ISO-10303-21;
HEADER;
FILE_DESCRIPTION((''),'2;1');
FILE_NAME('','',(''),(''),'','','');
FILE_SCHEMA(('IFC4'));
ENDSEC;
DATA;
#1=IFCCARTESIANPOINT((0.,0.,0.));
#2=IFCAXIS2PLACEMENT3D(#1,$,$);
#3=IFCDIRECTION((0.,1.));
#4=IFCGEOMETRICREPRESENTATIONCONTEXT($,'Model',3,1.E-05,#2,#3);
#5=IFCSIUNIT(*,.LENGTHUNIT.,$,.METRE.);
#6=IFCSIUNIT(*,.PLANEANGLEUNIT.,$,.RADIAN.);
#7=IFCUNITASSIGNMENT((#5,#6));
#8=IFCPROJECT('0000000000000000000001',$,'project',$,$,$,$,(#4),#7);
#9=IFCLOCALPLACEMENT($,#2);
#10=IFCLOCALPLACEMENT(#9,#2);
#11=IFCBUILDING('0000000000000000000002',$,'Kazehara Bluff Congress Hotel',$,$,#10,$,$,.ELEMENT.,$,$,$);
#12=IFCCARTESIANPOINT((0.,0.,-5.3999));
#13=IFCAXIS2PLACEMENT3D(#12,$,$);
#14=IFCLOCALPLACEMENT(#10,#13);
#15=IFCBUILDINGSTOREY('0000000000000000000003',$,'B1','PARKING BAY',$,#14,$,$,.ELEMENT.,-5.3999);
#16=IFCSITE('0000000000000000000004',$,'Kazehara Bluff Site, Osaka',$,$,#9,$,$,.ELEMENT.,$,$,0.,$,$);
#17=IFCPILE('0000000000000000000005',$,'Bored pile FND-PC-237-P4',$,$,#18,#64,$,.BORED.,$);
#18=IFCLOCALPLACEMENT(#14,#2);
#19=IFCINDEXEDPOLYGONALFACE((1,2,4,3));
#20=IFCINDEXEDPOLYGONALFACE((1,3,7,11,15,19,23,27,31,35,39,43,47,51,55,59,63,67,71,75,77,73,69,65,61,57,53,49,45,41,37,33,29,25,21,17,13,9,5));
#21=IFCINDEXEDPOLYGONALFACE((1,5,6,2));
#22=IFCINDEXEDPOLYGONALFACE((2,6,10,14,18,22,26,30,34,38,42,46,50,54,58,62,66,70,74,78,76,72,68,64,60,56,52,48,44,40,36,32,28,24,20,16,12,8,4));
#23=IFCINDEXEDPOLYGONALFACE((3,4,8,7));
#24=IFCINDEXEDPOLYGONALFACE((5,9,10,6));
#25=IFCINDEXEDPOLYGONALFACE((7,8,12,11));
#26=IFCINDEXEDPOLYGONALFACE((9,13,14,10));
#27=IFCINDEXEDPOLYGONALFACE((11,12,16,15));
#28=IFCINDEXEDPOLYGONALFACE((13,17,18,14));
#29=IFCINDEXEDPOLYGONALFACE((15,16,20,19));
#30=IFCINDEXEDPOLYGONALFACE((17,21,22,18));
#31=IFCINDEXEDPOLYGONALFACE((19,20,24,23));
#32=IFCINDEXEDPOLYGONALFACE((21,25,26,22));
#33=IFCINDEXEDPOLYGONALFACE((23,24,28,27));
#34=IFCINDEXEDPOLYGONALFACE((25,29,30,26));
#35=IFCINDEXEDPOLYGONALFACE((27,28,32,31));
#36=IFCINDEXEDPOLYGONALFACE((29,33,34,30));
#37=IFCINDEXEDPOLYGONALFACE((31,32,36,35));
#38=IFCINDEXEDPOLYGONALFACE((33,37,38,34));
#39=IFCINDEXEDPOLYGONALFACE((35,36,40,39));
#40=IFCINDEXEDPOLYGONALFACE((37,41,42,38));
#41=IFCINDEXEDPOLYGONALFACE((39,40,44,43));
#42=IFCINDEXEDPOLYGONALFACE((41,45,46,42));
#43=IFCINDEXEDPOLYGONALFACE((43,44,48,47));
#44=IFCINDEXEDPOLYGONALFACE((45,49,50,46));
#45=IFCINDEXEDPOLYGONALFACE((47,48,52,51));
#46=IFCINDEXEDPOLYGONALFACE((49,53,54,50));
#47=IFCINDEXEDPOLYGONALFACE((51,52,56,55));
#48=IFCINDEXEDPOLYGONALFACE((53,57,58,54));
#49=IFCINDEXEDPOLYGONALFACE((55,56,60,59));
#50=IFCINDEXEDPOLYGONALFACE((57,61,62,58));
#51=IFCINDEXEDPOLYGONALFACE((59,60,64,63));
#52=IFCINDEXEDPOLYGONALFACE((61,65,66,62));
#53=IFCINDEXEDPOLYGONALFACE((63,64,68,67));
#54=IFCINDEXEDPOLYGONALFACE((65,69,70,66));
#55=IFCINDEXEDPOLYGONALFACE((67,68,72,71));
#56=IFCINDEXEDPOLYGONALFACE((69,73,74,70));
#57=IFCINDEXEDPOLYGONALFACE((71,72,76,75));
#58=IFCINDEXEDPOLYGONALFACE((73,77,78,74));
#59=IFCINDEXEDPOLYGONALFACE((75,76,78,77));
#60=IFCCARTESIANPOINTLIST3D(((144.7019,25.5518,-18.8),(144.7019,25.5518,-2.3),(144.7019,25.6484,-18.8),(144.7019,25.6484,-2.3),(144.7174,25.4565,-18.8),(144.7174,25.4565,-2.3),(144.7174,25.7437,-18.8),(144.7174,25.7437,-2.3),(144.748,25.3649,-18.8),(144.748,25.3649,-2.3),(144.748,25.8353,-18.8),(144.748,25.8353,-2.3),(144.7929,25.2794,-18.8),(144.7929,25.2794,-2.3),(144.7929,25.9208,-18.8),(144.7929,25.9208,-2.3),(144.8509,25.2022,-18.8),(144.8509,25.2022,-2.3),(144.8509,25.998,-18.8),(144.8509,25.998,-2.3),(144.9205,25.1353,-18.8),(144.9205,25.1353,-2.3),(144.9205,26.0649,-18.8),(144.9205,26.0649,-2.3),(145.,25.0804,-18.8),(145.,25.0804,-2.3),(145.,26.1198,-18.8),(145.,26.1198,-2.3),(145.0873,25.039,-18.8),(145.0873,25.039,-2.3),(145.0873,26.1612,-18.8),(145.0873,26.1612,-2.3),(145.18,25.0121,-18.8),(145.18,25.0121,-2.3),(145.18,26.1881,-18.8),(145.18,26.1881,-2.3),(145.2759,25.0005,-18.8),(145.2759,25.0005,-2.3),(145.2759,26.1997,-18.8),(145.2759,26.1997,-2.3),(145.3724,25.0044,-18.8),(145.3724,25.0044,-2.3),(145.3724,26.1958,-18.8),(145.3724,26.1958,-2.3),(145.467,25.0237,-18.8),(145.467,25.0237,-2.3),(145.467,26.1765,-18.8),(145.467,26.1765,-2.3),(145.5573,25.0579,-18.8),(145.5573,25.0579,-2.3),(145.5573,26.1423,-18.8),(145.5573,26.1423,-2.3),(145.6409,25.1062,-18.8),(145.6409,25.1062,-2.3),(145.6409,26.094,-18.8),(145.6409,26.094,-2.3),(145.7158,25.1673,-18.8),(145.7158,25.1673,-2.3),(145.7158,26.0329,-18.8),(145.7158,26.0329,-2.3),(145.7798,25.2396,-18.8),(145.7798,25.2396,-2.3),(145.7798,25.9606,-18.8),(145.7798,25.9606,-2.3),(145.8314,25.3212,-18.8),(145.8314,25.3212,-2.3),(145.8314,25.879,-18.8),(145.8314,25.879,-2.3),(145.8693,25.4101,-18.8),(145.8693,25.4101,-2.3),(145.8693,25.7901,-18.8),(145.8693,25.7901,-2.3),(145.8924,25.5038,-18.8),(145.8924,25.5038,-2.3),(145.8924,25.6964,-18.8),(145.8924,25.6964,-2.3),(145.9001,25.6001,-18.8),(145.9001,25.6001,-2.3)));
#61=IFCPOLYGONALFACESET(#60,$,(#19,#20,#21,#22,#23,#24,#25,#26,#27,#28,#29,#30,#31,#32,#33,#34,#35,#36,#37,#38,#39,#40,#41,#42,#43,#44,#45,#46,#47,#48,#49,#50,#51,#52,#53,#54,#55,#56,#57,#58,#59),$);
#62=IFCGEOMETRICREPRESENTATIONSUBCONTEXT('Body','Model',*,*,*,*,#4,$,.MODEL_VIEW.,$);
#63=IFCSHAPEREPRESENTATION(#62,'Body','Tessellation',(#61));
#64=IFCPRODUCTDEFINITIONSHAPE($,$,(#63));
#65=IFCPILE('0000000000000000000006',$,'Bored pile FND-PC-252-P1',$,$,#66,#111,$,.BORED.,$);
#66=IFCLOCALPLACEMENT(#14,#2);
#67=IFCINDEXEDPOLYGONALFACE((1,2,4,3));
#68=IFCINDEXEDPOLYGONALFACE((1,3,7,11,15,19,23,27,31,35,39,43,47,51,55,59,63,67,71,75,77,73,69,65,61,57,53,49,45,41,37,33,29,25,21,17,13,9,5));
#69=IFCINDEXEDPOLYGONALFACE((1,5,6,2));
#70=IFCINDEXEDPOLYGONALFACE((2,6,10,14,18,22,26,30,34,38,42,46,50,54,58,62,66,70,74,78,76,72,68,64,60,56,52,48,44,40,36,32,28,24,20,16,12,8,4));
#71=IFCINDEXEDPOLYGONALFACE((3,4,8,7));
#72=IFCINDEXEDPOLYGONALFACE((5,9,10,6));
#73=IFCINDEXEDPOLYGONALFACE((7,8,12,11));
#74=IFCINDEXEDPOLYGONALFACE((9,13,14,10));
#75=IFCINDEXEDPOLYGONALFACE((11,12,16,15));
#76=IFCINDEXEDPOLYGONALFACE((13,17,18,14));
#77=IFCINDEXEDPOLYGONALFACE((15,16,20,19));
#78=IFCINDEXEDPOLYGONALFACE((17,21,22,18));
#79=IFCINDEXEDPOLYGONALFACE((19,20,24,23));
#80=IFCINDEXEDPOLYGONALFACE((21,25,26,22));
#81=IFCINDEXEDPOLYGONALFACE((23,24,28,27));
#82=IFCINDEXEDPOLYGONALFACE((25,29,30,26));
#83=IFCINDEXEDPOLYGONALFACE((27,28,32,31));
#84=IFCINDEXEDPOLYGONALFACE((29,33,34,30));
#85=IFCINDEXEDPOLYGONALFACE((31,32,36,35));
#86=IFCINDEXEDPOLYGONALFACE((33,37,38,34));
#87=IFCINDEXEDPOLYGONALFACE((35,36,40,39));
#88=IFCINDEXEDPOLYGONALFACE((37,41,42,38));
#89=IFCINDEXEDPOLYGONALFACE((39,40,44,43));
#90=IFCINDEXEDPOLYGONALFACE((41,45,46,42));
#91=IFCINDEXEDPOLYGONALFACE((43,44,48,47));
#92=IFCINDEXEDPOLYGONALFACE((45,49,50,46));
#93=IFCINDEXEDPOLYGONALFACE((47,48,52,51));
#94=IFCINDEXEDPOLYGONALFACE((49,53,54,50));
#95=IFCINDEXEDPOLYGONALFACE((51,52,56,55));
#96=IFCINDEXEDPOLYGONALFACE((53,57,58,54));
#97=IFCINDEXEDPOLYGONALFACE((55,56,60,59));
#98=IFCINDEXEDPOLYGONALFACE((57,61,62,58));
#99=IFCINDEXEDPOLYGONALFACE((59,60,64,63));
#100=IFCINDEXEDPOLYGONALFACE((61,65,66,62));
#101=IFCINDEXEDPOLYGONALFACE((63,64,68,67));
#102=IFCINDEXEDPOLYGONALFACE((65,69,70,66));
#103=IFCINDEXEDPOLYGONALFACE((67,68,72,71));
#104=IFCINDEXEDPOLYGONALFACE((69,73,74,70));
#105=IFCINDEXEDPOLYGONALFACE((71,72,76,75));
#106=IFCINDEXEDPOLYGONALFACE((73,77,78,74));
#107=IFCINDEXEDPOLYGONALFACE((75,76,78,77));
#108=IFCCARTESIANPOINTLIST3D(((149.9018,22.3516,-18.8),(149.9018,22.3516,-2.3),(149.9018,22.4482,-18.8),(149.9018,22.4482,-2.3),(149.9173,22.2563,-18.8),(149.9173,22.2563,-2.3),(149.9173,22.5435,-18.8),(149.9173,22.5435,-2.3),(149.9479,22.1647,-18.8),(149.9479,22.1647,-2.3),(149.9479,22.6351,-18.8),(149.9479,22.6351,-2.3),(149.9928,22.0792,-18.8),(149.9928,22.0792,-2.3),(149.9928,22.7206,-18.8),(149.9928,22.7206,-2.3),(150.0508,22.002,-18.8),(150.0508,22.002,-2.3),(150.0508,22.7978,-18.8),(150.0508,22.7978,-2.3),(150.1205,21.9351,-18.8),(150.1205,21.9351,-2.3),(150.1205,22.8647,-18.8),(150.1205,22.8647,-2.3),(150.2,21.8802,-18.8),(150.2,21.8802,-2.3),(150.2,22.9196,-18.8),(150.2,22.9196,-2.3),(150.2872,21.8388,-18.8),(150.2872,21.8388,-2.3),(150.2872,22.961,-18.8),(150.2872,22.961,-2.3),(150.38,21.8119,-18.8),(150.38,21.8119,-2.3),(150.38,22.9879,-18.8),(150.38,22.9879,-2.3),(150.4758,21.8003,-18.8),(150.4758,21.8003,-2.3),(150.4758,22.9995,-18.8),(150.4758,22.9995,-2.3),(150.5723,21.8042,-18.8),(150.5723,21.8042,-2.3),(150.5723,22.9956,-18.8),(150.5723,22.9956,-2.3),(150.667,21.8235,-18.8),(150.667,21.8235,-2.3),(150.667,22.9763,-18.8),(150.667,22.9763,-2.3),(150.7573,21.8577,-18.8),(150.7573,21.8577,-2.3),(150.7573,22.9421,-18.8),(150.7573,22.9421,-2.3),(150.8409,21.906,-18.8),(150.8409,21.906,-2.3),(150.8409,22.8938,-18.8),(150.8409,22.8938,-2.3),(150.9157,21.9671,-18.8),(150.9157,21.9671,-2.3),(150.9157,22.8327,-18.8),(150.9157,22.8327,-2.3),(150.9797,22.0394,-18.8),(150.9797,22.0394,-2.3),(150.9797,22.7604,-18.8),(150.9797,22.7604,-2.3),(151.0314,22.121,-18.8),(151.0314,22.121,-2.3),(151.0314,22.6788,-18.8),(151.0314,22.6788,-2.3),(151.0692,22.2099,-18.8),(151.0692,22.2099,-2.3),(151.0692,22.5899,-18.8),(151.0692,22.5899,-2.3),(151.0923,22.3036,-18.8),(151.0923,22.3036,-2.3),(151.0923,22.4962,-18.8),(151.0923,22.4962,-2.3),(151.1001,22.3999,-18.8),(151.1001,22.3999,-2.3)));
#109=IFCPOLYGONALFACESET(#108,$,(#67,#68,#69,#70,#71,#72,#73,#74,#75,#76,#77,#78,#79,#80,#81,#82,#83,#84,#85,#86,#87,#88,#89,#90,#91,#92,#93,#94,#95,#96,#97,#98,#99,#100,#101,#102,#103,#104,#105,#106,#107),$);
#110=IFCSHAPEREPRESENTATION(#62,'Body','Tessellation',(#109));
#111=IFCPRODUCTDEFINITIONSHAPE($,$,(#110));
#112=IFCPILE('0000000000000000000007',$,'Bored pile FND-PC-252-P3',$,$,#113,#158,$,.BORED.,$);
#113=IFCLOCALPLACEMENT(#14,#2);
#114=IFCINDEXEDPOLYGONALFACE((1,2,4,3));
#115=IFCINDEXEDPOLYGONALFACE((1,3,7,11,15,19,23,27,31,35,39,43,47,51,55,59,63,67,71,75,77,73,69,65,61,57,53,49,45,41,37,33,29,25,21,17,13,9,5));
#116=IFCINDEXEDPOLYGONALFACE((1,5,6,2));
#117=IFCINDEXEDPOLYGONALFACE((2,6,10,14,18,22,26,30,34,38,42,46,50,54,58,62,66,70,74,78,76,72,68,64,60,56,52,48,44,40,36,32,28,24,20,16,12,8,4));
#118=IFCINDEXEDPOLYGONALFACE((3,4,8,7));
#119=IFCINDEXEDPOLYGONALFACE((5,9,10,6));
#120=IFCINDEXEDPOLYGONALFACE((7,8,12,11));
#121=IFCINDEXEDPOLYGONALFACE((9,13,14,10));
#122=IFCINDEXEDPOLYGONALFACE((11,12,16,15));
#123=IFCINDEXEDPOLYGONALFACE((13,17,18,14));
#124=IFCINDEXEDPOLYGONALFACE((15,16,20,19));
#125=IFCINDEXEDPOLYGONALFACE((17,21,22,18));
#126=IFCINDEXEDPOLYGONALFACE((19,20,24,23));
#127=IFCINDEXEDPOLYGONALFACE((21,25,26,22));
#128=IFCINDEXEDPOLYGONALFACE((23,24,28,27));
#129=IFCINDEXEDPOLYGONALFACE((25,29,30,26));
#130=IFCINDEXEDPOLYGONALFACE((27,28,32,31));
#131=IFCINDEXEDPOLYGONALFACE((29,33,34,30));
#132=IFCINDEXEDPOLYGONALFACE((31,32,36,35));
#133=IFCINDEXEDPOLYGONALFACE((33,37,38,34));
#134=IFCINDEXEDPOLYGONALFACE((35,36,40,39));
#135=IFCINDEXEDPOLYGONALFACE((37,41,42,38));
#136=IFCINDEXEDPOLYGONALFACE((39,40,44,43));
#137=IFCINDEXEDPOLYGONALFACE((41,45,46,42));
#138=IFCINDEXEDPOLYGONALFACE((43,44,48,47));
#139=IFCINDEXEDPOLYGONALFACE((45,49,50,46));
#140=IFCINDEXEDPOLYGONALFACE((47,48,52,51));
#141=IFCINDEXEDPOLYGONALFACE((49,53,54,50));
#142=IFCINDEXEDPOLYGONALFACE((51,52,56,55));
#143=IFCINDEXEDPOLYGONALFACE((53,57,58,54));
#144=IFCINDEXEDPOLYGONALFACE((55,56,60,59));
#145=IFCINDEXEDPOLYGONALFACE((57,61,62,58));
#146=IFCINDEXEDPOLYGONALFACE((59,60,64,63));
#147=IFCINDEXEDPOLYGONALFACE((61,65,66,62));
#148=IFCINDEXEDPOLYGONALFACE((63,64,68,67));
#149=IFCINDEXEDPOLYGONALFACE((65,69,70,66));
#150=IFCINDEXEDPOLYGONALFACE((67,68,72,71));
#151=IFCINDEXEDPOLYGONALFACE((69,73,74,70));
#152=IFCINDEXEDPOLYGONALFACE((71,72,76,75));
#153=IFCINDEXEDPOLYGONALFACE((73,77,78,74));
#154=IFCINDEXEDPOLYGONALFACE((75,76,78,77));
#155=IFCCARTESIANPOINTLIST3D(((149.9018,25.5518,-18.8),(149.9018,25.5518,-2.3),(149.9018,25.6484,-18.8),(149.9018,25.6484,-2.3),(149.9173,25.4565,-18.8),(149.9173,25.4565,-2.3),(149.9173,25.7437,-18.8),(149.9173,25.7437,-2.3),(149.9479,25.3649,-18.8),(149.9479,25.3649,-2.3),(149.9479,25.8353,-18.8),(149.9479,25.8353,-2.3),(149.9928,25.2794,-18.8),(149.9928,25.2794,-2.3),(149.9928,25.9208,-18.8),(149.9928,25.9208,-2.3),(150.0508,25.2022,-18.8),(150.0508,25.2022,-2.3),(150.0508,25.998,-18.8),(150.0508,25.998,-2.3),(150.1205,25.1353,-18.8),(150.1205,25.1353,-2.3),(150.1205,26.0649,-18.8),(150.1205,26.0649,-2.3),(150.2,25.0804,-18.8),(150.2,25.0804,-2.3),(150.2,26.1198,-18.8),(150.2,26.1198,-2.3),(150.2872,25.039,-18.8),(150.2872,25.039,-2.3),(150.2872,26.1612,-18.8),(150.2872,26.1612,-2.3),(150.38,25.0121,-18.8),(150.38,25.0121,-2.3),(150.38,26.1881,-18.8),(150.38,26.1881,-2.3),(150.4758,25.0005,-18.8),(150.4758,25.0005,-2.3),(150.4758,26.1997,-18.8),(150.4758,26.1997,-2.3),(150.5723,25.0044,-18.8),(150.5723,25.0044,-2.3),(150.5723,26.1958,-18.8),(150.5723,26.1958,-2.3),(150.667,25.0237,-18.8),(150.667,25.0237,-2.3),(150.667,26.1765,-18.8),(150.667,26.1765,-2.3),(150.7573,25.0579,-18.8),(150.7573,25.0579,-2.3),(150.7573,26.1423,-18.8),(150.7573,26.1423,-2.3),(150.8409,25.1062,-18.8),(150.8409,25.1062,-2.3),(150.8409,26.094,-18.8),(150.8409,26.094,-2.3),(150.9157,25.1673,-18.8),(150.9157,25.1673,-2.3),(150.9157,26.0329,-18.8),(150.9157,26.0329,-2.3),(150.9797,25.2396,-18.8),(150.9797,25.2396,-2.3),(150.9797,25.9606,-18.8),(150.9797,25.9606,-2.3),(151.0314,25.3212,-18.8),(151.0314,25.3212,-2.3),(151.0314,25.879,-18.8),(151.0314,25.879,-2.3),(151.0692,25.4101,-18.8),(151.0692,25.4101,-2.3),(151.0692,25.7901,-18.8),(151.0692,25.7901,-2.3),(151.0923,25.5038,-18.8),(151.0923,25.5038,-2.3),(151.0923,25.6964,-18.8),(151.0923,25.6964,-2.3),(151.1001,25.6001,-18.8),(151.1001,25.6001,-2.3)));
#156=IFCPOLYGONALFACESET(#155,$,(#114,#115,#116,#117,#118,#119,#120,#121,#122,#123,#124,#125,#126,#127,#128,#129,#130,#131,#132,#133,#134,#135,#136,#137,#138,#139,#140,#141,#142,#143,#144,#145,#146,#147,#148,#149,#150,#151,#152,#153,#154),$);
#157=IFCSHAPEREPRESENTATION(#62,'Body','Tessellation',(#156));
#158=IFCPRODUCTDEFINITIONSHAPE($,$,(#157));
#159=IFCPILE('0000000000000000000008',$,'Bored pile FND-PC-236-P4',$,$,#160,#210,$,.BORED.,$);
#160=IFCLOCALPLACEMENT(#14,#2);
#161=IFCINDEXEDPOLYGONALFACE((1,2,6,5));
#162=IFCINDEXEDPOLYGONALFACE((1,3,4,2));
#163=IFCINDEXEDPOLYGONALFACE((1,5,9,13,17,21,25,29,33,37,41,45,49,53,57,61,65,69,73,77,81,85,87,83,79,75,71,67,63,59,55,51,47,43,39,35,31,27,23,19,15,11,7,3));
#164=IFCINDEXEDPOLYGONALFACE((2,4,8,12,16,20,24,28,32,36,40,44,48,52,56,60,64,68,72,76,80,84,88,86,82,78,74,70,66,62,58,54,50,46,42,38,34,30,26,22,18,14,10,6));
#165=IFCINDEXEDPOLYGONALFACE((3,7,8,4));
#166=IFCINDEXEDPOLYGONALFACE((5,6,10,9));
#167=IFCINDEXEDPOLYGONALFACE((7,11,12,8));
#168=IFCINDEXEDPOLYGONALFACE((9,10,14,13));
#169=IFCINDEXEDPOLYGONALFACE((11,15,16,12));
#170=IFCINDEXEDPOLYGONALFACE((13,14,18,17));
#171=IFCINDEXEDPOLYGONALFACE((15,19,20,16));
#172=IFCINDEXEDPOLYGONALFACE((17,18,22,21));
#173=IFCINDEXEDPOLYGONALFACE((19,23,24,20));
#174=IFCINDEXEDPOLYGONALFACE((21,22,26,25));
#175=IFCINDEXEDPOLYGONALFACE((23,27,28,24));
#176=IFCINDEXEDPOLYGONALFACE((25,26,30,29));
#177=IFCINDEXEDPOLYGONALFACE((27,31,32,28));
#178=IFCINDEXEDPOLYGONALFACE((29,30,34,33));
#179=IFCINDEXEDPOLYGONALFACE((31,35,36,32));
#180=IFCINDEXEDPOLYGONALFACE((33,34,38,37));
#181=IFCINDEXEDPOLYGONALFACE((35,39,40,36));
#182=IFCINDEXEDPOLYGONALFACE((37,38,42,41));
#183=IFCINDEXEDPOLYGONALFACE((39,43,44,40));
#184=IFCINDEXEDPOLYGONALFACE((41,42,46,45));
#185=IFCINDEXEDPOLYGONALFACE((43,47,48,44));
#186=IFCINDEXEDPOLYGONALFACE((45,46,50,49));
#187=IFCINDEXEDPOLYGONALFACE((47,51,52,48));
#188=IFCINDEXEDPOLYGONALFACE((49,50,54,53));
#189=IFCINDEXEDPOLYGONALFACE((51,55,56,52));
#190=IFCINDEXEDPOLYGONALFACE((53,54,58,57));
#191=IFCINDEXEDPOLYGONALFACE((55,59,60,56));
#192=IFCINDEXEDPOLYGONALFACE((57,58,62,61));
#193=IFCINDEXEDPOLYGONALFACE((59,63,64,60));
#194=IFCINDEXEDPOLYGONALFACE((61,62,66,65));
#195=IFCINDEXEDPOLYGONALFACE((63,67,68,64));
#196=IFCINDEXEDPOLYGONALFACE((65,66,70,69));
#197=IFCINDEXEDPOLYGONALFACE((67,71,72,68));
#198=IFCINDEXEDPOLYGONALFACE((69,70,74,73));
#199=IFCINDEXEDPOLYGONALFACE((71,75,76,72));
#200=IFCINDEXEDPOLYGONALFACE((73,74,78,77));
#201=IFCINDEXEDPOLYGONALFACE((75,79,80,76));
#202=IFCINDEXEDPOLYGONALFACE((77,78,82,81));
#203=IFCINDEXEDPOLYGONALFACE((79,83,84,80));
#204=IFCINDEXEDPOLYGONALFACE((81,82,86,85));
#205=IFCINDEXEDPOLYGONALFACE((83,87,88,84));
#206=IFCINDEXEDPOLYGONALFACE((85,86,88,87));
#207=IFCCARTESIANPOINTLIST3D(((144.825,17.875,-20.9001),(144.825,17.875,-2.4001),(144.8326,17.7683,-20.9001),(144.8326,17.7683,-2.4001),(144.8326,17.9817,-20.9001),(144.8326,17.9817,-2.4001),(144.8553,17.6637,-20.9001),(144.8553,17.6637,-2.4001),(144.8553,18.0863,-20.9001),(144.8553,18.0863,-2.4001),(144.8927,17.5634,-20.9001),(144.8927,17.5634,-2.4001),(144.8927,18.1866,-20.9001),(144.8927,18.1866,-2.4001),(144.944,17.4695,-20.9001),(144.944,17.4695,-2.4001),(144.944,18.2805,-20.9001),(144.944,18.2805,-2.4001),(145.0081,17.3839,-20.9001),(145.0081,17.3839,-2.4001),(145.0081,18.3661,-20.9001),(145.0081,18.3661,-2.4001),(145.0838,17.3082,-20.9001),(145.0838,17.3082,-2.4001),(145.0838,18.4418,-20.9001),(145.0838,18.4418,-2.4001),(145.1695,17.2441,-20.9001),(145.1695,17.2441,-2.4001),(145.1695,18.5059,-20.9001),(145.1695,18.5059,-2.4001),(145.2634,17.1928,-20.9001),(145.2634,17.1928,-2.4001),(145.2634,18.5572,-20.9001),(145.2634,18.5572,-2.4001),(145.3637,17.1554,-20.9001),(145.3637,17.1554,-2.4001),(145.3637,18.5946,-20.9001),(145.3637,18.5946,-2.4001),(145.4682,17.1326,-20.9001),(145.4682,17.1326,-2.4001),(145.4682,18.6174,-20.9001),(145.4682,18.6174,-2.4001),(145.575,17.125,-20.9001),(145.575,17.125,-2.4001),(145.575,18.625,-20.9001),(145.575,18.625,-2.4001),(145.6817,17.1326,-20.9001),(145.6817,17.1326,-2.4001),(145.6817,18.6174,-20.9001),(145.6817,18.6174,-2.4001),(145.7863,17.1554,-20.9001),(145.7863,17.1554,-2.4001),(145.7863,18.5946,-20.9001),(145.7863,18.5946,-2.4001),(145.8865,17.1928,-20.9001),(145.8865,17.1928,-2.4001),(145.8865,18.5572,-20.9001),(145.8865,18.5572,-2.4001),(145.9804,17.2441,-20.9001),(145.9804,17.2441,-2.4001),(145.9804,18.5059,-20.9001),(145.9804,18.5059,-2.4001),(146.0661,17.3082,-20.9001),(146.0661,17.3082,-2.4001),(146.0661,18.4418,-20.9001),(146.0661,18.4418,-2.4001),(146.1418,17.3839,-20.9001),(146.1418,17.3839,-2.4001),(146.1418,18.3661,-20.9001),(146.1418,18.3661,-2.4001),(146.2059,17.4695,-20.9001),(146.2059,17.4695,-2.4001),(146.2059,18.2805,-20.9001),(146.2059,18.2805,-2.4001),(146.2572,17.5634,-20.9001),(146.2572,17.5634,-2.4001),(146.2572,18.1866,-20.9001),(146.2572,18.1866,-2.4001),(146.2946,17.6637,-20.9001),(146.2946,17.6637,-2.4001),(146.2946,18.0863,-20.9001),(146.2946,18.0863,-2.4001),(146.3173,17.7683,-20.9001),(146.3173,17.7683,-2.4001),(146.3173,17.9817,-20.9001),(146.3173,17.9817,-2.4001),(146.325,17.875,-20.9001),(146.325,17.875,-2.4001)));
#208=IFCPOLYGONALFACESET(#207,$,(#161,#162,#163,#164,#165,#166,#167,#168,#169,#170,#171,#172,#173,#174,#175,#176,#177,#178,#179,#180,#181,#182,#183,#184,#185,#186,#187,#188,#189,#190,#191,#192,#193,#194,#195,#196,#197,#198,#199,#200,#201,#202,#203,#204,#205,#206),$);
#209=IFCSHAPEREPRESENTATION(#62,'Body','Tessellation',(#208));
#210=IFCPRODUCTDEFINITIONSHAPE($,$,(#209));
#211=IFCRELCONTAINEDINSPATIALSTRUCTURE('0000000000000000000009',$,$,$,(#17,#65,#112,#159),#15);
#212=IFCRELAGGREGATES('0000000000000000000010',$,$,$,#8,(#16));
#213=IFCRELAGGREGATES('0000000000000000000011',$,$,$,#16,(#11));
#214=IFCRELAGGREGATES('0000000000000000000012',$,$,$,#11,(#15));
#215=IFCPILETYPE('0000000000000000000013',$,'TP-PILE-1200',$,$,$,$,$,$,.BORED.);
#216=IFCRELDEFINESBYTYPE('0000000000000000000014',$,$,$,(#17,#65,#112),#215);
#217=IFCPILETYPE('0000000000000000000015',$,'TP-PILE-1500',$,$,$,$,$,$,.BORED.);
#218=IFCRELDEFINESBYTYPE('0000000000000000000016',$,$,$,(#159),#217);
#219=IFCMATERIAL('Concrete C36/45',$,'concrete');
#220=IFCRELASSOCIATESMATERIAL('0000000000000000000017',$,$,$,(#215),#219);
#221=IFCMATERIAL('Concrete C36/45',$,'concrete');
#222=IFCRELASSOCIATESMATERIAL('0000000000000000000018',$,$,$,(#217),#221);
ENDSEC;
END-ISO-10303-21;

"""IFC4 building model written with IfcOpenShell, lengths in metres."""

from ifc_helpers import new_model, si_unit, direction, frame, origin, origin_2d, place, context, subcontext, project, spatial, circle, extrude, material, material_profile, profile_set, type_object, element, save


model = new_model("IFC4")

# Units and contexts
model_context = context("Model", 3, precision=1e-05, world=origin(), true_north=direction((0.0, 1.0)))
body_context = subcontext(model_context, "Body", "Model", "MODEL_VIEW")
ifc_project = project(units=[si_unit("LENGTHUNIT", "METRE"), si_unit("PLANEANGLEUNIT", "RADIAN")], contexts=[model_context])

# Site, building, storey
site_placement = place(None, origin())
site = spatial("IfcSite", under=ifc_project, at=site_placement, Name="Kazehara Bluff Site, Osaka", CompositionType="ELEMENT", RefElevation=0.0)
building_placement = place(site_placement, origin())
building = spatial("IfcBuilding", under=site, at=building_placement, Name="Kazehara Bluff Congress Hotel", CompositionType="ELEMENT")
storey_placement = place(building_placement, frame((0.0, 0.0, -5.3999)))
storey = spatial("IfcBuildingStorey", under=building, at=storey_placement, Name="B1", Description="PARKING BAY", CompositionType="ELEMENT", Elevation=-5.3999)

# Piles
ifc_material_1 = material(Name="Concrete C36/45", Category="concrete")
ifc_material_profile_1 = material_profile(ifc_material_1, circle(Radius=0.6001, at=origin_2d()))
ifc_profile_set_1 = profile_set([ifc_material_profile_1], Name="Concrete C36/45")
pile_type_1 = type_object("IfcPileType", Name="TP-PILE-1200", PredefinedType="BORED", material=ifc_profile_set_1)
for number, where, z_axis, x_axis, name in (
    (1, (145.3, 25.6001, -2.3), (0.0, 0.0, -1.0), (1.0, 0.0, 0.0), "Bored pile FND-PC-237-P4"),
    (2, (150.5, 22.3999, -2.3), (0.0, 0.0, -1.0), (1.0, 0.0, 0.0), "Bored pile FND-PC-252-P1"),
    (3, (150.5, 25.6001, -2.3), (0.0, 0.0, -1.0), (1.0, 0.0, 0.0), "Bored pile FND-PC-252-P3"),
):
    element("IfcPile", number, at=place(storey_placement, frame(where, z_axis=z_axis, x_axis=x_axis)), inside=storey, type_object=pile_type_1, Name=name, PredefinedType="BORED", context=body_context, shape_type="SweptSolid", body=[
        extrude(circle(Radius=0.6001, at=origin_2d()), origin(), (0.0, 0.0, 1.0), 16.5),
    ])
ifc_material_2 = material(Name="Concrete C36/45", Category="concrete")
ifc_material_profile_2 = material_profile(ifc_material_2, circle(Radius=0.75, at=origin_2d()))
ifc_profile_set_2 = profile_set([ifc_material_profile_2], Name="Concrete C36/45")
pile_type_2 = type_object("IfcPileType", Name="TP-PILE-1500", PredefinedType="BORED", material=ifc_profile_set_2)
for number, where, z_axis, x_axis, name in (
    (4, (145.575, 17.875, -2.4001), (0.0, 0.0, -1.0), (1.0, 0.0, 0.0), "Bored pile FND-PC-236-P4"),
):
    element("IfcPile", number, at=place(storey_placement, frame(where, z_axis=z_axis, x_axis=x_axis)), inside=storey, type_object=pile_type_2, Name=name, PredefinedType="BORED", context=body_context, shape_type="SweptSolid", body=[
        extrude(circle(Radius=0.75, at=origin_2d()), origin(), (0.0, 0.0, 1.0), 18.5),
    ])

save(model, "model.ifc")
